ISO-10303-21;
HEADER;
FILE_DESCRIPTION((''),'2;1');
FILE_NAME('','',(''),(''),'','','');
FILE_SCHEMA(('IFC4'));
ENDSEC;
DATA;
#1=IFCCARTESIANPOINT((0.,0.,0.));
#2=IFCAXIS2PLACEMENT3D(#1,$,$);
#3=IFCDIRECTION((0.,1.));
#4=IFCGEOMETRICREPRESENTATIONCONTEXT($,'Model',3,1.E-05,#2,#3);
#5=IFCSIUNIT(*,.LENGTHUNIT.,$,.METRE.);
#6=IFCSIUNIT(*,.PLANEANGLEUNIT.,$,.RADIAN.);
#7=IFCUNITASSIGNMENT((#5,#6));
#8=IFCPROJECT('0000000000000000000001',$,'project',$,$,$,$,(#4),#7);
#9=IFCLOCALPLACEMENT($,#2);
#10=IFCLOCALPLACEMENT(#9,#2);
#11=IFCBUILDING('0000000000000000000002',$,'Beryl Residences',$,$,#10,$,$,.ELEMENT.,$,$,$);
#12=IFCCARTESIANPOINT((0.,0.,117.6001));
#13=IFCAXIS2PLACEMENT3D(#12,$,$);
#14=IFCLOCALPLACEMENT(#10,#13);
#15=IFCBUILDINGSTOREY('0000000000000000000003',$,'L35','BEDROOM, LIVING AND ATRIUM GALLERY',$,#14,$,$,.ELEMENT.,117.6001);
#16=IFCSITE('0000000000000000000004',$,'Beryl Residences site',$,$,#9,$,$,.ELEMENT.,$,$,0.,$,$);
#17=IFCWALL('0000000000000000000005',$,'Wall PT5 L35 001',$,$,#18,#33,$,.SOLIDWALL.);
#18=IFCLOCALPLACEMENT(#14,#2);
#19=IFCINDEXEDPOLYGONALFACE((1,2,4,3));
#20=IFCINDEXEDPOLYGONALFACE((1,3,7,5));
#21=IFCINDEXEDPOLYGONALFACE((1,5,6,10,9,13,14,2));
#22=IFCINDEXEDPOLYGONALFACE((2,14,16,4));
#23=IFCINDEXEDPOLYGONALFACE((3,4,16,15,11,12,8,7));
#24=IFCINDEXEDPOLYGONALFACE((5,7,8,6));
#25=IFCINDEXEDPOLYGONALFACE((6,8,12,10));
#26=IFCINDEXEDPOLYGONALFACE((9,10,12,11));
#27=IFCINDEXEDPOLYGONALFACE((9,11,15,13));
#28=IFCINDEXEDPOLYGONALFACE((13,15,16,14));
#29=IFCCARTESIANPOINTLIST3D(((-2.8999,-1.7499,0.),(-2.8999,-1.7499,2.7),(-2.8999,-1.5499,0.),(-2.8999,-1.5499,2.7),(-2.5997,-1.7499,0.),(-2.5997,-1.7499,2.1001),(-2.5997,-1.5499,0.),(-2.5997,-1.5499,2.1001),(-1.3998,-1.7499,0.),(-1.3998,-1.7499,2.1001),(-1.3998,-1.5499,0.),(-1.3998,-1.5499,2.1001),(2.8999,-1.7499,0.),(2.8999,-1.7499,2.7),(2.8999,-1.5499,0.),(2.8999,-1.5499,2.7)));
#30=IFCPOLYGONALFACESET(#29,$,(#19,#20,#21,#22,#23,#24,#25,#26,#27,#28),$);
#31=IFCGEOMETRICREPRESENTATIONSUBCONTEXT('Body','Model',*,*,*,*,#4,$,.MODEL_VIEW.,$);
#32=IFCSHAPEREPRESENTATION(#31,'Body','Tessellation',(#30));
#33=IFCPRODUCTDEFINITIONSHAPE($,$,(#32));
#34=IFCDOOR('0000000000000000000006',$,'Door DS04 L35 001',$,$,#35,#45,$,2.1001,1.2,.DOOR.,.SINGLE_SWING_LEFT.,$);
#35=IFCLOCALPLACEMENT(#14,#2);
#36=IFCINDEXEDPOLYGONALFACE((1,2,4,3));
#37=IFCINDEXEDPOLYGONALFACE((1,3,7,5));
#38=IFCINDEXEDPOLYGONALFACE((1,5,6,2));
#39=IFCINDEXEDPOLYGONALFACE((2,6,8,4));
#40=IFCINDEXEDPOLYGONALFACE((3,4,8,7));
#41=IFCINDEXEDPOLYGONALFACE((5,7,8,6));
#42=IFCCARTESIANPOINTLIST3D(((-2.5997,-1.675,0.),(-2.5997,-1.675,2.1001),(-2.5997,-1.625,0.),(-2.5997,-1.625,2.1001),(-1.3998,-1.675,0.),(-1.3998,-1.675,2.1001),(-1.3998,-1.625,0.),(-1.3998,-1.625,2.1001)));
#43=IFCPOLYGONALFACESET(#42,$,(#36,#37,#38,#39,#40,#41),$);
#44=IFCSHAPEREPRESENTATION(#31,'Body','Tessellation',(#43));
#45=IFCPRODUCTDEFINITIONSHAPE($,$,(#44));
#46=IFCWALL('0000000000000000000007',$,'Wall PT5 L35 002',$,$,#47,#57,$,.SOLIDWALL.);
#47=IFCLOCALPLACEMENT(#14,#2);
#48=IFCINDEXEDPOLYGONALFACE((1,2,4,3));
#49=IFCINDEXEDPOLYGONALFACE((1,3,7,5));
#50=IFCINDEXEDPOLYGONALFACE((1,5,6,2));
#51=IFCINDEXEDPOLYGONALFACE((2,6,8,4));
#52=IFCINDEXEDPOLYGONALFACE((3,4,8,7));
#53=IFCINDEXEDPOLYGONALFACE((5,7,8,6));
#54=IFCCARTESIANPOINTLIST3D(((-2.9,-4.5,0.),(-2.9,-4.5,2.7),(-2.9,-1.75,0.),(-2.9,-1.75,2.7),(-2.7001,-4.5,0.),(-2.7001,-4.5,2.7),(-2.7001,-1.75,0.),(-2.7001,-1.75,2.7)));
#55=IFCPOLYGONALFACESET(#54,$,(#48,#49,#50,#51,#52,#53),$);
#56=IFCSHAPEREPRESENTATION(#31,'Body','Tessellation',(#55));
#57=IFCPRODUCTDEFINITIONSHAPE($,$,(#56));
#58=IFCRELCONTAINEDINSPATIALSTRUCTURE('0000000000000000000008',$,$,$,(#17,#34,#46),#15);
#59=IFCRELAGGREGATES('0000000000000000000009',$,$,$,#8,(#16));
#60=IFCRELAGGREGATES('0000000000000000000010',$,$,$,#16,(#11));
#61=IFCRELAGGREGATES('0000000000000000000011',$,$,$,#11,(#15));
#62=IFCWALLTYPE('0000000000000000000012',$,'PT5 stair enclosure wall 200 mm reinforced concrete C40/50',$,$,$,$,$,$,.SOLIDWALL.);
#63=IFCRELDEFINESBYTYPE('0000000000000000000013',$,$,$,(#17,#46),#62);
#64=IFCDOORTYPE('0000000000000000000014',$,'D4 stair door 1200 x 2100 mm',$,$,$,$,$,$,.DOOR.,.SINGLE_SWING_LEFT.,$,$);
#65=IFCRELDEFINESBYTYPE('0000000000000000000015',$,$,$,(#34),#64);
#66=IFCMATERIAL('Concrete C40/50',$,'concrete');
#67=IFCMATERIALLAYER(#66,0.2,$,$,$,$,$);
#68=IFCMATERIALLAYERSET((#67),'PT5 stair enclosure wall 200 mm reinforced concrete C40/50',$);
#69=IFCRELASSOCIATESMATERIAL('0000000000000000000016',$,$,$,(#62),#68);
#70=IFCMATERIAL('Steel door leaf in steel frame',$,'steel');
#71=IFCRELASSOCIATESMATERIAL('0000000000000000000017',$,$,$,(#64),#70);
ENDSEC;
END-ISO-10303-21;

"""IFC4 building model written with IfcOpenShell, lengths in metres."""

from ifc_helpers import new_model, si_unit, direction, frame, frame_2d, origin, place, context, subcontext, project, spatial, rectangle, extrude, material, layer, layer_set, type_object, element, fill, save


model = new_model("IFC4")

# Units and contexts
model_context = context("Model", 3, precision=1e-05, world=origin(), true_north=direction((0.0, 1.0)))
body_context = subcontext(model_context, "Body", "Model", "MODEL_VIEW")
ifc_project = project(units=[si_unit("LENGTHUNIT", "METRE"), si_unit("PLANEANGLEUNIT", "RADIAN")], contexts=[model_context])

# Site, building, storey
site_placement = place(None, origin())
site = spatial("IfcSite", under=ifc_project, at=site_placement, Name="Beryl Residences site", CompositionType="ELEMENT", RefElevation=0.0)
building_placement = place(site_placement, origin())
building = spatial("IfcBuilding", under=site, at=building_placement, Name="Beryl Residences", CompositionType="ELEMENT")
storey_placement = place(building_placement, frame((0.0, 0.0, 117.6001)))
storey = spatial("IfcBuildingStorey", under=building, at=storey_placement, Name="L35", Description="BEDROOM, LIVING AND ATRIUM GALLERY", CompositionType="ELEMENT", Elevation=117.6001)

# Wall, opening, door
ifc_material_1 = material(Name="Concrete C40/50", Category="concrete")
ifc_layer_1 = layer(ifc_material_1, 0.2)
ifc_layer_set_1 = layer_set([ifc_layer_1], Name="PT5 stair enclosure wall 200 mm reinforced concrete C40/50")
wall_type_1 = type_object("IfcWallType", Name="PT5 stair enclosure wall 200 mm reinforced concrete C40/50", PredefinedType="SOLIDWALL", material=ifc_layer_set_1)
wall_1_placement = place(storey_placement, frame((-2.8999, -1.6499, 0.0), z_axis=(0.0, 0.0, 1.0), x_axis=(1.0, 0.0, 0.0)))
wall_1 = element("IfcWall", 1, at=wall_1_placement, inside=storey, type_object=wall_type_1, Name="Wall PT5 L35 001", PredefinedType="SOLIDWALL", context=body_context, shape_type="SweptSolid", body=[
    extrude(rectangle(XDim=5.7998, YDim=0.2, at=frame_2d((2.8999, 0.0))), origin(), (0.0, 0.0, 1.0), 2.7),
])
opening_1_placement = place(wall_1_placement, frame((0.3, 0.0, 0.0)))
opening_1 = element("IfcOpeningElement", 2, at=opening_1_placement, cuts=wall_1, PredefinedType="OPENING", context=body_context, shape_type="SweptSolid", body=[
    extrude(rectangle(XDim=1.2, YDim=2.1001, at=frame_2d((0.6001, 1.05))), frame((0.0, 0.1099, 0.0), z_axis=(0.0, -1.0, 0.0), x_axis=(1.0, 0.0, 0.0)), (0.0, 0.0, 1.0), 0.22),
])
ifc_material_2 = material(Name="Steel door leaf in steel frame", Category="steel")
door_type_1 = type_object("IfcDoorType", Name="D4 stair door 1200 x 2100 mm", OperationType="SINGLE_SWING_LEFT", PredefinedType="DOOR", material=ifc_material_2)
door_1_placement = place(opening_1_placement, origin())
door_1 = element("IfcDoor", 3, at=door_1_placement, inside=storey, type_object=door_type_1, Name="Door DS04 L35 001", OperationType="SINGLE_SWING_LEFT", OverallHeight=2.1001, OverallWidth=1.2, PredefinedType="DOOR", context=body_context, shape_type="SweptSolid", body=[
    extrude(rectangle(XDim=1.2, YDim=2.1001, at=frame_2d((0.6001, 1.05))), frame((0.0, 0.0249, 0.0), z_axis=(0.0, -1.0, 0.0), x_axis=(1.0, 0.0, 0.0)), (0.0, 0.0, 1.0), 0.05),
])
fill(opening_1, door_1)

# Wall
wall_2_placement = place(storey_placement, frame((-2.8, -4.5, 0.0), z_axis=(0.0, 0.0, 1.0), x_axis=(0.0, 1.0, 0.0)))
element("IfcWall", 4, at=wall_2_placement, inside=storey, type_object=wall_type_1, Name="Wall PT5 L35 002", PredefinedType="SOLIDWALL", context=body_context, shape_type="SweptSolid", body=[
    extrude(rectangle(XDim=2.75, YDim=0.2, at=frame_2d((1.375, 0.0))), origin(), (0.0, 0.0, 1.0), 2.7),
])

save(model, "model.ifc")
